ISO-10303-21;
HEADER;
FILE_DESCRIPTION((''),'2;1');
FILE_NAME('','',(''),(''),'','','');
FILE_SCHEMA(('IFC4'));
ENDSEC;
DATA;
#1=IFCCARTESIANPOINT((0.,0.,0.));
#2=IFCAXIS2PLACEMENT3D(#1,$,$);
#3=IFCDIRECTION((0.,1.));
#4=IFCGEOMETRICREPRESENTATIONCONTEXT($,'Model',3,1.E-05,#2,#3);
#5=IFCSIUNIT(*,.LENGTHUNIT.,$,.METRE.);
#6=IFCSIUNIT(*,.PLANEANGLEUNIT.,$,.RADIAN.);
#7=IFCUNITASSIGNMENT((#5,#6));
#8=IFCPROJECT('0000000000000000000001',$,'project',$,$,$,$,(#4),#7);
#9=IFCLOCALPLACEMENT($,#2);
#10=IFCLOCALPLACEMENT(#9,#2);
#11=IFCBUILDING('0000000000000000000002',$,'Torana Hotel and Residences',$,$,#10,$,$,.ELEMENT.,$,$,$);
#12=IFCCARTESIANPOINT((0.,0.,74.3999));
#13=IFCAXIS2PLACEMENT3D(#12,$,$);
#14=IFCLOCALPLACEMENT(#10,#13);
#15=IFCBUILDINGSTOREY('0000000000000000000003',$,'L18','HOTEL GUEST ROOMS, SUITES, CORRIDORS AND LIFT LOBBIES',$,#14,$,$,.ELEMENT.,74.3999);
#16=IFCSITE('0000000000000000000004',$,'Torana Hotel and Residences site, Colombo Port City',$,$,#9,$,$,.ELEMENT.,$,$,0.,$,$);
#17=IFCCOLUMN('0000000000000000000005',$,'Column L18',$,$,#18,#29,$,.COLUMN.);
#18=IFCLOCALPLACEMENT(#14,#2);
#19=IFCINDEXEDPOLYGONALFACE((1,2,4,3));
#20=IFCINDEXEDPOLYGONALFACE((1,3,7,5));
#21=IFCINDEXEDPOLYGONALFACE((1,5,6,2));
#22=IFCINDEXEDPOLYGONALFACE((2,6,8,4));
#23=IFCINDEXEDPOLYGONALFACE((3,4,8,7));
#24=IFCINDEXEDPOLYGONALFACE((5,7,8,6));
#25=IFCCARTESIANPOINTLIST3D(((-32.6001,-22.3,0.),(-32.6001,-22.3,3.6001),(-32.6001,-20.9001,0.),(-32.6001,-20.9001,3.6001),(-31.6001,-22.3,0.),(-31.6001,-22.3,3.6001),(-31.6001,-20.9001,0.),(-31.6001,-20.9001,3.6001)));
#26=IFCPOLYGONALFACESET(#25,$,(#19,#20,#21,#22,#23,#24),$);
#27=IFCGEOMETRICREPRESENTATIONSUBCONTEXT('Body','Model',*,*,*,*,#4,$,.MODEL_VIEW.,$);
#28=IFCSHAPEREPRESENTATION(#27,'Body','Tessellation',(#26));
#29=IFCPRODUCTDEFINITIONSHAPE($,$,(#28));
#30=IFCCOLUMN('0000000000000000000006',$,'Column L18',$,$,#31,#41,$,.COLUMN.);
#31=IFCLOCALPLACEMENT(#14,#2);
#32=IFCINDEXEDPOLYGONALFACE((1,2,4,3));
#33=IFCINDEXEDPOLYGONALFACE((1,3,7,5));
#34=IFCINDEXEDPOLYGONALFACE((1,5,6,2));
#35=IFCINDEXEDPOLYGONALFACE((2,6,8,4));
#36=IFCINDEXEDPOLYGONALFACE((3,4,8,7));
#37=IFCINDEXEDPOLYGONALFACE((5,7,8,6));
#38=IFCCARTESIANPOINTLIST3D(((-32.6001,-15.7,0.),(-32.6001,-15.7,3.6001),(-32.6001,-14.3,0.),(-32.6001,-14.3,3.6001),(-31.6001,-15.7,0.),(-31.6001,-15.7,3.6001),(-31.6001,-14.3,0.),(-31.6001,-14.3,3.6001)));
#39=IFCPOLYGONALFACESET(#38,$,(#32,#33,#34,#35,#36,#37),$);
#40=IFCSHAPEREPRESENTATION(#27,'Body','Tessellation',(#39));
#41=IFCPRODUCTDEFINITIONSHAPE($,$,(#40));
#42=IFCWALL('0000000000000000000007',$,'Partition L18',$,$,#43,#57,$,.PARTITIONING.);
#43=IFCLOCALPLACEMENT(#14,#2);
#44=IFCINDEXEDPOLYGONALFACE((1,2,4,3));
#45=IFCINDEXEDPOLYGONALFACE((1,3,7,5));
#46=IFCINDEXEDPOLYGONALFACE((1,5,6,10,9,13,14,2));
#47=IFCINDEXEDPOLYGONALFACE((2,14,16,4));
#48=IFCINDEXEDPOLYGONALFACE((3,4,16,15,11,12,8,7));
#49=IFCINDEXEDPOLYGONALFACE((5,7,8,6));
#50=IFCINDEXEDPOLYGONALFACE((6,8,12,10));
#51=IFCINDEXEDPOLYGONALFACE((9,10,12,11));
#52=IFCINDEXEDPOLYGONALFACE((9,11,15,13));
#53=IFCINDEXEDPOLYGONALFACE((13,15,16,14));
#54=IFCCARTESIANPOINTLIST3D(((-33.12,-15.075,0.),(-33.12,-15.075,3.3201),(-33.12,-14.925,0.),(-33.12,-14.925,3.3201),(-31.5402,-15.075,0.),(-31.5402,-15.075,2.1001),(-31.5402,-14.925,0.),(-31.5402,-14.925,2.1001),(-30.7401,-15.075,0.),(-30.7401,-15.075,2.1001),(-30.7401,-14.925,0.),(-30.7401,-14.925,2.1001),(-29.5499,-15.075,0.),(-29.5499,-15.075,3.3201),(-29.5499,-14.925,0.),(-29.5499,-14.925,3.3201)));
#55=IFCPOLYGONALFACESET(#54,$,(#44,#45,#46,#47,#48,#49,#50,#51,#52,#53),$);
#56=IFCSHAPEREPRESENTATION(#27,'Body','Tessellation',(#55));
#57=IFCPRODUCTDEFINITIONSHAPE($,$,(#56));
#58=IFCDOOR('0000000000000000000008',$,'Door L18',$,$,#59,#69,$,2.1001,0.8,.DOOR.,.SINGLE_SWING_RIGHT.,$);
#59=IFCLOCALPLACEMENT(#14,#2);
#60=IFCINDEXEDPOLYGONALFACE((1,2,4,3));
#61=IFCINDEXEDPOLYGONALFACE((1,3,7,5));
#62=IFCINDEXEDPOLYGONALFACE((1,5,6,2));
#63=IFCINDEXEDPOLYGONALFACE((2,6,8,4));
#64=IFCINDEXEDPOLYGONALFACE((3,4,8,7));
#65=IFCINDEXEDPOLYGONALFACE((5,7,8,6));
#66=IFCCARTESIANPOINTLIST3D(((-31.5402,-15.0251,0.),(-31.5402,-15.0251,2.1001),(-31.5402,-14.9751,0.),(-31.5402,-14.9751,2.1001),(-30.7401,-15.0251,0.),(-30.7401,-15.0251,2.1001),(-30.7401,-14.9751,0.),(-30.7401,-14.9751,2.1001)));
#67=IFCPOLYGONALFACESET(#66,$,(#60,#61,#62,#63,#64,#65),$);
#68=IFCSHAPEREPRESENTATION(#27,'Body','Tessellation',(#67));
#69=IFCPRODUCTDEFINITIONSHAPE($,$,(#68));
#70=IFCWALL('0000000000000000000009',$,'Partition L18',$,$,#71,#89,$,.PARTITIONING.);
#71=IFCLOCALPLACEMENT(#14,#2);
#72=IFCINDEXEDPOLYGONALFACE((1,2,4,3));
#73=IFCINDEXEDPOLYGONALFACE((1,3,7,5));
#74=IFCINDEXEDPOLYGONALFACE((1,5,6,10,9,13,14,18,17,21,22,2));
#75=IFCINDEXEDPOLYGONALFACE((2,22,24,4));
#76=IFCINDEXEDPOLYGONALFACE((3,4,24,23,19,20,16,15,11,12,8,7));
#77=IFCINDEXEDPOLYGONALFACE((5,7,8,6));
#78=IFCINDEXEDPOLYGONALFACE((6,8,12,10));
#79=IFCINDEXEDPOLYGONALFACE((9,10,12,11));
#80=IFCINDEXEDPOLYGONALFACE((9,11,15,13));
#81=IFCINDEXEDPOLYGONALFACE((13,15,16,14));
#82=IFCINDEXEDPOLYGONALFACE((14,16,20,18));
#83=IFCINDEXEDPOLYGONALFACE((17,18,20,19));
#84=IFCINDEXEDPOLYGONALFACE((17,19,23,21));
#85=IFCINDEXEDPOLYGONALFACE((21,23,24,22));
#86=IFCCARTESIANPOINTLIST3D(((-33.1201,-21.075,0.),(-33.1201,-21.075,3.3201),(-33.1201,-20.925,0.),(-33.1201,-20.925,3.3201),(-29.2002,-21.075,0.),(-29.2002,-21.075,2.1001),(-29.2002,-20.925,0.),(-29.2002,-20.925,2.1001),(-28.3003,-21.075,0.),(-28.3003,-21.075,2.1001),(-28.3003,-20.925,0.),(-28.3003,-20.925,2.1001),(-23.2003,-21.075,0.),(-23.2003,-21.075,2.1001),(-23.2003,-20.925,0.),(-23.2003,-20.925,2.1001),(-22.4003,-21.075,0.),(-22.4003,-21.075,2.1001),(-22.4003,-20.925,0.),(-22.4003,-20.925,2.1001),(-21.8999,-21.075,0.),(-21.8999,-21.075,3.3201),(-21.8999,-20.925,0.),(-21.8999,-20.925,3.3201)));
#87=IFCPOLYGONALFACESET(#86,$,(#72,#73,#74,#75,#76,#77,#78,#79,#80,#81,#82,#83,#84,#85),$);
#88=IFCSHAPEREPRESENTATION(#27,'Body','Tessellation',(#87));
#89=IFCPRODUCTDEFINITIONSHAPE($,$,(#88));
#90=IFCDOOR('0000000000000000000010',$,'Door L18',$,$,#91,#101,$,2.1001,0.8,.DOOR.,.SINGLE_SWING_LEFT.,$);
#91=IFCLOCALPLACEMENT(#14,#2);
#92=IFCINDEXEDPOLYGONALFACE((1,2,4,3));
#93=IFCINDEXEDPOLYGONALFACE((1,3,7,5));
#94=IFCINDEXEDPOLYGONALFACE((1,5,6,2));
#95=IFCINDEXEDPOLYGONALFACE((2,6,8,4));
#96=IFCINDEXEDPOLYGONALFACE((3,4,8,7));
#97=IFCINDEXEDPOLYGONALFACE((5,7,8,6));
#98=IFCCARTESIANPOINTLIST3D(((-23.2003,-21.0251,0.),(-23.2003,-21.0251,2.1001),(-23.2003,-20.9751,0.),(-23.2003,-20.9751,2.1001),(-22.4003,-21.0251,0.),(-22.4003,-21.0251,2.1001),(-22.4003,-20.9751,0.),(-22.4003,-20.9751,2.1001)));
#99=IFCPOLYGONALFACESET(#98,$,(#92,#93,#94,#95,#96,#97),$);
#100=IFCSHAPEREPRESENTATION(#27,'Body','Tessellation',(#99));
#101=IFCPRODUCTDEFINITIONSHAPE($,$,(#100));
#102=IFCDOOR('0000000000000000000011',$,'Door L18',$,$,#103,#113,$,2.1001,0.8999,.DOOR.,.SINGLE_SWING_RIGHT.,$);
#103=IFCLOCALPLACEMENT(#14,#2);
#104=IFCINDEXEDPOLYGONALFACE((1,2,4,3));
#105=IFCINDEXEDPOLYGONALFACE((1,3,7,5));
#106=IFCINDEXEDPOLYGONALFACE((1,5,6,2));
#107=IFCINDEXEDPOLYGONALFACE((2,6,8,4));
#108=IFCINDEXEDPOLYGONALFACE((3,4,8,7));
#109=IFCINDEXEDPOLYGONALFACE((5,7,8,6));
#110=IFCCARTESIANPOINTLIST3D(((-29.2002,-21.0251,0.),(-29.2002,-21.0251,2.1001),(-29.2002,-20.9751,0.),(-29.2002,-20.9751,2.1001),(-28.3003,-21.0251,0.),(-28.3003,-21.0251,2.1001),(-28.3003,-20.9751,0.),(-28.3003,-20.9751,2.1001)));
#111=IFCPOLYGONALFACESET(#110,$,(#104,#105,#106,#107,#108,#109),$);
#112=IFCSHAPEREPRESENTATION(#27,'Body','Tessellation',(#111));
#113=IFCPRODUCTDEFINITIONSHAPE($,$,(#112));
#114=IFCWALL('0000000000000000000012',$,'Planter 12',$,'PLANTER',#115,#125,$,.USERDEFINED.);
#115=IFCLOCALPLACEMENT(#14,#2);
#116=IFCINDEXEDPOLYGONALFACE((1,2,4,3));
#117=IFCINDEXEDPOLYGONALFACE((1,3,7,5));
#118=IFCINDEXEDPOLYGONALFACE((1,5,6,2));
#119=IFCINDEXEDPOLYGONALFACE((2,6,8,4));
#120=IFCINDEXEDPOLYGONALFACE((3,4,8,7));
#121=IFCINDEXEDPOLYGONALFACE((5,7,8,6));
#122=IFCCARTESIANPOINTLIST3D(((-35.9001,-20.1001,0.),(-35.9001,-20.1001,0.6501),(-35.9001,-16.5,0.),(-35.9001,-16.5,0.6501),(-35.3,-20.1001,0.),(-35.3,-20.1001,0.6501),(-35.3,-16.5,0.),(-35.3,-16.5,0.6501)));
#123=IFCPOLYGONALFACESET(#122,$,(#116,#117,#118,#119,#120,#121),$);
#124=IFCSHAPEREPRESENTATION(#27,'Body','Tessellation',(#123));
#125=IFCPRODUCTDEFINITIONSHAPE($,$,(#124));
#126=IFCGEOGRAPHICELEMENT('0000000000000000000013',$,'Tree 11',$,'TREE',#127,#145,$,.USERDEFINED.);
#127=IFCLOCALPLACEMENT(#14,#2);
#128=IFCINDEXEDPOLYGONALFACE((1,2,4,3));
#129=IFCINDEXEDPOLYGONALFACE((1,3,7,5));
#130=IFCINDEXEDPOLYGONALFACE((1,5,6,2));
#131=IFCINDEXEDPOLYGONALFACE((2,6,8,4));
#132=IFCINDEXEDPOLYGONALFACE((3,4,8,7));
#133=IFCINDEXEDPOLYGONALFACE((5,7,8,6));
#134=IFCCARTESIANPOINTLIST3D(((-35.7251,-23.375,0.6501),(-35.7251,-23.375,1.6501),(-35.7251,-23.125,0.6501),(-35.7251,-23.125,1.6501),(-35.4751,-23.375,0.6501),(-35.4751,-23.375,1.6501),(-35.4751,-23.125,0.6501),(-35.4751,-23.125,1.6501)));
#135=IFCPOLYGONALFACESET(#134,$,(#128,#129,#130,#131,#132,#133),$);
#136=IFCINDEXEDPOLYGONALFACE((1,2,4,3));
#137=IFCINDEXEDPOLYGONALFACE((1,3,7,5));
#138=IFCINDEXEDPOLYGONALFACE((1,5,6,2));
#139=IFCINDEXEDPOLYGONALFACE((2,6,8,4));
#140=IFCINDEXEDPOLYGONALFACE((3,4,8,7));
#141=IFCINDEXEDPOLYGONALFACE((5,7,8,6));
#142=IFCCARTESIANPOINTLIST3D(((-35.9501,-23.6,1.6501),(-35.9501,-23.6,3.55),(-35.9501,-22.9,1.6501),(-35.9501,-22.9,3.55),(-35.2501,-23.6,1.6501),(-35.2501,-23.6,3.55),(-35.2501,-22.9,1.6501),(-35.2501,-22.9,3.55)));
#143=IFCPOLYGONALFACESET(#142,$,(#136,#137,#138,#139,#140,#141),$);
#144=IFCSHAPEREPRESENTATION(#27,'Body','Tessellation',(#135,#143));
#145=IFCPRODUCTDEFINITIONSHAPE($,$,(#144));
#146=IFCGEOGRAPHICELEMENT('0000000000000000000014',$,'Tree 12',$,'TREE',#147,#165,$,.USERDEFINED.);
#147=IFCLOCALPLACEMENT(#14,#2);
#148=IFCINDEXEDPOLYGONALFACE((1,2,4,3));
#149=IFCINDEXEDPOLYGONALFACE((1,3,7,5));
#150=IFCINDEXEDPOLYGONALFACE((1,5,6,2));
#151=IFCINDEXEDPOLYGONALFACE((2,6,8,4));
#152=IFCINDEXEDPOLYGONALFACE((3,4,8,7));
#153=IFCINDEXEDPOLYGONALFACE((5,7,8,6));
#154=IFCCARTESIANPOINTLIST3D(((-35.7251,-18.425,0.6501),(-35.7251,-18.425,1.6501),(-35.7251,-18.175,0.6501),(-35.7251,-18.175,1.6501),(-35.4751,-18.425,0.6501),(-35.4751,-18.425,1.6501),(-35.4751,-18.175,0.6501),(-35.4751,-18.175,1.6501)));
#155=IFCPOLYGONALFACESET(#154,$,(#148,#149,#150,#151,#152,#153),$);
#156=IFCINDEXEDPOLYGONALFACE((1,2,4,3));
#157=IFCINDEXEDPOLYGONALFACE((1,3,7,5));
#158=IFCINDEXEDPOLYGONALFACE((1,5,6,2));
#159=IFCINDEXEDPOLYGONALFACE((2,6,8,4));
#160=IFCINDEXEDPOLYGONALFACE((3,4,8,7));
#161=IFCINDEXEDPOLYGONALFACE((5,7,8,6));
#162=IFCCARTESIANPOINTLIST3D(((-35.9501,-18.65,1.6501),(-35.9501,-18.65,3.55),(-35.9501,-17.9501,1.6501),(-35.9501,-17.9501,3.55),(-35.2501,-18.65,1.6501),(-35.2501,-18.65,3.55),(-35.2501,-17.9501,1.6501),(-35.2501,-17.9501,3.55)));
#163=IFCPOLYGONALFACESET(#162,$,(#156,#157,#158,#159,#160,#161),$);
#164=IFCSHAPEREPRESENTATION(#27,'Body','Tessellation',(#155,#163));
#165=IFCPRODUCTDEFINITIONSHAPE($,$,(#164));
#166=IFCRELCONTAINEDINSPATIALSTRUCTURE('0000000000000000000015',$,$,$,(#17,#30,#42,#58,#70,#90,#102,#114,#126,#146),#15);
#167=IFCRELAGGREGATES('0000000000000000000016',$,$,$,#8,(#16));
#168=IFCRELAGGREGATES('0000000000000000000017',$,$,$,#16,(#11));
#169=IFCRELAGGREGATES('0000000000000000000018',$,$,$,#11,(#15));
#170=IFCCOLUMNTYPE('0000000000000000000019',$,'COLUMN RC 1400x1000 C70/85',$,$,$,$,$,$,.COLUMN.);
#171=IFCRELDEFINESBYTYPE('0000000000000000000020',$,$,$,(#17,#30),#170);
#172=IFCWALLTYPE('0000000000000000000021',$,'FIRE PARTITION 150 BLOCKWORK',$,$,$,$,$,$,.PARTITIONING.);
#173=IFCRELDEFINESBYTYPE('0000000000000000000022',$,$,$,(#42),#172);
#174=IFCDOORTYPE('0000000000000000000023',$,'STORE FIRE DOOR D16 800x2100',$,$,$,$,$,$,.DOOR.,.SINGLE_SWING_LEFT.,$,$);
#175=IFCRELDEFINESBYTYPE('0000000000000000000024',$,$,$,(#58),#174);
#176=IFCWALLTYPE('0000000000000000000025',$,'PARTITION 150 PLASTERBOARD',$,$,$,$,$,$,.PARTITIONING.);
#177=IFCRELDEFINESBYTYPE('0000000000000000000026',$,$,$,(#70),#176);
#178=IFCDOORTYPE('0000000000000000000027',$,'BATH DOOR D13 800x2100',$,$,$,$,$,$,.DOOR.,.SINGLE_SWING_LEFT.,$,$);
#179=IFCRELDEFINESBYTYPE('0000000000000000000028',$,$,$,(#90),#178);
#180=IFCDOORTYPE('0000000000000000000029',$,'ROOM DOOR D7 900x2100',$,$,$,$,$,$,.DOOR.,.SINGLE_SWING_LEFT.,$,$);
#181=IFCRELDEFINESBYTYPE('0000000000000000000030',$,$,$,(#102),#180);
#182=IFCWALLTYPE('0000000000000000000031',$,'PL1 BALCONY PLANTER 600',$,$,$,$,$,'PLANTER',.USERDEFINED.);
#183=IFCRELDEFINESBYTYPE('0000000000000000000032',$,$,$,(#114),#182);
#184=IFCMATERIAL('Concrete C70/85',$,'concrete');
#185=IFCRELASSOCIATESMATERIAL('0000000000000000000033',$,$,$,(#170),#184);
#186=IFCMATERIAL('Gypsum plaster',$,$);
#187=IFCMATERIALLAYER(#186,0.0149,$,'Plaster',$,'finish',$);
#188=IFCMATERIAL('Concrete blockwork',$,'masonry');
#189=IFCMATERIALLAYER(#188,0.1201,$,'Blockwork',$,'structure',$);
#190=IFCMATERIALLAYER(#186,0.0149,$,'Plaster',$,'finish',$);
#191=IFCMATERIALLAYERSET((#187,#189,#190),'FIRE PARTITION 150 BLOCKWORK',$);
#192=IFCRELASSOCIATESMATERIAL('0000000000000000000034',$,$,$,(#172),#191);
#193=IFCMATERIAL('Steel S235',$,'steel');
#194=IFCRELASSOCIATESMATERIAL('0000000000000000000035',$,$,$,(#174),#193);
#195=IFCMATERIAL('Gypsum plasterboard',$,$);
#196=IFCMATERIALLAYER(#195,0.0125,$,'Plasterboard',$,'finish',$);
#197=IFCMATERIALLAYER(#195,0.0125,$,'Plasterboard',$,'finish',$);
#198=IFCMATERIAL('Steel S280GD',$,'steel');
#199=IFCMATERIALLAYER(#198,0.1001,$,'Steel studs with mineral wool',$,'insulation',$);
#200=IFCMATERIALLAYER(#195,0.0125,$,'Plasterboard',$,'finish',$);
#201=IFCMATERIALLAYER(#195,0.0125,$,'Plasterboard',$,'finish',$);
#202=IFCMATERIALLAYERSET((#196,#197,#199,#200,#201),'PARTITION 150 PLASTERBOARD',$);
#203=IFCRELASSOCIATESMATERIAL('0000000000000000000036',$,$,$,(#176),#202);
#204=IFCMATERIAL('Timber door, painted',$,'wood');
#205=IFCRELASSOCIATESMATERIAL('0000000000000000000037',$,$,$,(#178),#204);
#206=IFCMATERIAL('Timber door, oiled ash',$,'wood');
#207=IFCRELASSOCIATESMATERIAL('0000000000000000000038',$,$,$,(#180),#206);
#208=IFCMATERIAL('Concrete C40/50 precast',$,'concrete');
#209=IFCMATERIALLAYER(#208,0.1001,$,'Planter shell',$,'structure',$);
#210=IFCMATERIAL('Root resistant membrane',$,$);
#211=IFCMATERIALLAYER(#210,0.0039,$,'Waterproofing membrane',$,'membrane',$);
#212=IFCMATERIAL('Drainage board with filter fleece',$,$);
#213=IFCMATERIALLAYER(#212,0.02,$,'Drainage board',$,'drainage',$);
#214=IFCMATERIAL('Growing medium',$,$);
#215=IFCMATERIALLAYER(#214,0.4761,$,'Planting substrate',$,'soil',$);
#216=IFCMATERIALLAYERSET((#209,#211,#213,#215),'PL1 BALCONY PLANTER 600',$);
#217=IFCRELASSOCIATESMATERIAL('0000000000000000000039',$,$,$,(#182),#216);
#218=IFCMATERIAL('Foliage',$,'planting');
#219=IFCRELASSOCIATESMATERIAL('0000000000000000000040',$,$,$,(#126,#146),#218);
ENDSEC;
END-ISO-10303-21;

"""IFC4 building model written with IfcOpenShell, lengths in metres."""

from ifc_helpers import new_model, si_unit, direction, frame, frame_2d, origin, origin_2d, place, context, subcontext, project, spatial, rectangle, extrude, material, layer, layer_set, material_profile, profile_set, type_object, element, fill, save


model = new_model("IFC4")

# Units and contexts
model_context = context("Model", 3, precision=1e-05, world=origin(), true_north=direction((0.0, 1.0)))
body_context = subcontext(model_context, "Body", "Model", "MODEL_VIEW")
ifc_project = project(units=[si_unit("LENGTHUNIT", "METRE"), si_unit("PLANEANGLEUNIT", "RADIAN")], contexts=[model_context])

# Site, building, storey
site_placement = place(None, origin())
site = spatial("IfcSite", under=ifc_project, at=site_placement, Name="Torana Hotel and Residences site, Colombo Port City", CompositionType="ELEMENT", RefElevation=0.0)
building_placement = place(site_placement, origin())
building = spatial("IfcBuilding", under=site, at=building_placement, Name="Torana Hotel and Residences", CompositionType="ELEMENT")
storey_placement = place(building_placement, frame((0.0, 0.0, 74.3999)))
storey = spatial("IfcBuildingStorey", under=building, at=storey_placement, Name="L18", Description="HOTEL GUEST ROOMS, SUITES, CORRIDORS AND LIFT LOBBIES", CompositionType="ELEMENT", Elevation=74.3999)

# Columns
ifc_material_1 = material(Name="Concrete C70/85", Category="concrete")
ifc_material_profile = material_profile(ifc_material_1, rectangle(XDim=1.3999, YDim=1.0, at=origin_2d()), Name="RC 1400x1000")
ifc_profile_set = profile_set([ifc_material_profile], Name="Concrete C70/85")
column_type = type_object("IfcColumnType", Name="COLUMN RC 1400x1000 C70/85", PredefinedType="COLUMN", material=ifc_profile_set)
for number, where, z_axis, x_axis, name in (
    (1, (-32.1001, -21.6001, 0.0), (0.0, 0.0, 1.0), (0.0, 1.0, 0.0), "Column L18"),
    (2, (-32.1001, -15.0, 0.0), (0.0, 0.0, 1.0), (0.0, 1.0, 0.0), "Column L18"),
):
    element("IfcColumn", number, at=place(storey_placement, frame(where, z_axis=z_axis, x_axis=x_axis)), inside=storey, type_object=column_type, Name=name, PredefinedType="COLUMN", context=body_context, shape_type="SweptSolid", body=[
        extrude(rectangle(XDim=1.3999, YDim=1.0, at=origin_2d()), origin(), (0.0, 0.0, 1.0), 3.6001),
    ])

# Shared definitions
ifc_material_2 = material(Name="Gypsum plaster")
ifc_layer_1 = layer(ifc_material_2, 0.0149, Name="Plaster", Category="finish")
ifc_material_3 = material(Name="Concrete blockwork", Category="masonry")
ifc_layer_2 = layer(ifc_material_3, 0.1201, Name="Blockwork", Category="structure")
ifc_layer_3 = layer(ifc_material_2, 0.0149, Name="Plaster", Category="finish")
ifc_layer_set_1 = layer_set([ifc_layer_1, ifc_layer_2, ifc_layer_3], Name="FIRE PARTITION 150 BLOCKWORK")
wall_type_1 = type_object("IfcWallType", Name="FIRE PARTITION 150 BLOCKWORK", PredefinedType="PARTITIONING", material=ifc_layer_set_1)

# Wall, opening, door
wall_1_placement = place(storey_placement, frame((-33.1201, -15.0, 0.0), z_axis=(0.0, 0.0, 1.0), x_axis=(1.0, 0.0, 0.0)))
wall_1 = element("IfcWall", 3, at=wall_1_placement, inside=storey, type_object=wall_type_1, Name="Partition L18", PredefinedType="PARTITIONING", context=body_context, shape_type="SweptSolid", body=[
    extrude(rectangle(XDim=3.5701, YDim=0.1499, at=frame_2d((1.7852, 0.0))), origin(), (0.0, 0.0, 1.0), 3.3201),
])
opening_1_placement = place(wall_1_placement, frame((1.5801, 0.0, 0.0)))
opening_1 = element("IfcOpeningElement", 4, at=opening_1_placement, cuts=wall_1, PredefinedType="OPENING", context=body_context, shape_type="SweptSolid", body=[
    extrude(rectangle(XDim=0.8, YDim=2.1001, at=frame_2d((0.3999, 1.05))), frame((0.0, 0.085, 0.0), z_axis=(0.0, -1.0, 0.0), x_axis=(1.0, 0.0, 0.0)), (0.0, 0.0, 1.0), 0.1699),
])
ifc_material_4 = material(Name="Steel S235", Category="steel")
door_type_1 = type_object("IfcDoorType", Name="STORE FIRE DOOR D16 800x2100", OperationType="SINGLE_SWING_LEFT", PredefinedType="DOOR", material=ifc_material_4)
door_1_placement = place(opening_1_placement, origin())
door_1 = element("IfcDoor", 5, at=door_1_placement, inside=storey, type_object=door_type_1, Name="Door L18", OperationType="SINGLE_SWING_RIGHT", OverallHeight=2.1001, OverallWidth=0.8, PredefinedType="DOOR", context=body_context, shape_type="SweptSolid", body=[
    extrude(rectangle(XDim=0.8, YDim=2.1001, at=frame_2d((0.3999, 1.05))), frame((0.0, 0.0249, 0.0), z_axis=(0.0, -1.0, 0.0), x_axis=(1.0, 0.0, 0.0)), (0.0, 0.0, 1.0), 0.05),
])
fill(opening_1, door_1)

# Wall, openings, doors
ifc_material_5 = material(Name="Gypsum plasterboard")
ifc_layer_4 = layer(ifc_material_5, 0.0125, Name="Plasterboard", Category="finish")
ifc_layer_5 = layer(ifc_material_5, 0.0125, Name="Plasterboard", Category="finish")
ifc_material_6 = material(Name="Steel S280GD", Category="steel")
ifc_layer_6 = layer(ifc_material_6, 0.1001, Name="Steel studs with mineral wool", Category="insulation")
ifc_layer_7 = layer(ifc_material_5, 0.0125, Name="Plasterboard", Category="finish")
ifc_layer_8 = layer(ifc_material_5, 0.0125, Name="Plasterboard", Category="finish")
ifc_layer_set_2 = layer_set([ifc_layer_4, ifc_layer_5, ifc_layer_6, ifc_layer_7, ifc_layer_8], Name="PARTITION 150 PLASTERBOARD")
wall_type_2 = type_object("IfcWallType", Name="PARTITION 150 PLASTERBOARD", PredefinedType="PARTITIONING", material=ifc_layer_set_2)
wall_2_placement = place(storey_placement, frame((-33.1201, -21.0, 0.0), z_axis=(0.0, 0.0, 1.0), x_axis=(1.0, 0.0, 0.0)))
wall_2 = element("IfcWall", 6, at=wall_2_placement, inside=storey, type_object=wall_type_2, Name="Partition L18", PredefinedType="PARTITIONING", context=body_context, shape_type="SweptSolid", body=[
    extrude(rectangle(XDim=11.2202, YDim=0.1499, at=frame_2d((5.6101, 0.0))), origin(), (0.0, 0.0, 1.0), 3.3201),
])
opening_2_placement = place(wall_2_placement, frame((9.9199, 0.0, 0.0)))
opening_2 = element("IfcOpeningElement", 7, at=opening_2_placement, cuts=wall_2, PredefinedType="OPENING", context=body_context, shape_type="SweptSolid", body=[
    extrude(rectangle(XDim=0.8, YDim=2.1001, at=frame_2d((0.3999, 1.05))), frame((0.0, 0.085, 0.0), z_axis=(0.0, -1.0, 0.0), x_axis=(1.0, 0.0, 0.0)), (0.0, 0.0, 1.0), 0.1699),
])
opening_3_placement = place(wall_2_placement, frame((3.9199, 0.0, 0.0)))
opening_3 = element("IfcOpeningElement", 8, at=opening_3_placement, cuts=wall_2, PredefinedType="OPENING", context=body_context, shape_type="SweptSolid", body=[
    extrude(rectangle(XDim=0.8999, YDim=2.1001, at=frame_2d((0.45, 1.05))), frame((0.0, 0.085, 0.0), z_axis=(0.0, -1.0, 0.0), x_axis=(1.0, 0.0, 0.0)), (0.0, 0.0, 1.0), 0.1699),
])
ifc_material_7 = material(Name="Timber door, painted", Category="wood")
door_type_2 = type_object("IfcDoorType", Name="BATH DOOR D13 800x2100", OperationType="SINGLE_SWING_LEFT", PredefinedType="DOOR", material=ifc_material_7)
door_2_placement = place(opening_2_placement, origin())
door_2 = element("IfcDoor", 9, at=door_2_placement, inside=storey, type_object=door_type_2, Name="Door L18", OperationType="SINGLE_SWING_LEFT", OverallHeight=2.1001, OverallWidth=0.8, PredefinedType="DOOR", context=body_context, shape_type="SweptSolid", body=[
    extrude(rectangle(XDim=0.8, YDim=2.1001, at=frame_2d((0.3999, 1.05))), frame((0.0, 0.0249, 0.0), z_axis=(0.0, -1.0, 0.0), x_axis=(1.0, 0.0, 0.0)), (0.0, 0.0, 1.0), 0.05),
])
fill(opening_2, door_2)
ifc_material_8 = material(Name="Timber door, oiled ash", Category="wood")
door_type_3 = type_object("IfcDoorType", Name="ROOM DOOR D7 900x2100", OperationType="SINGLE_SWING_LEFT", PredefinedType="DOOR", material=ifc_material_8)
door_3_placement = place(opening_3_placement, origin())
door_3 = element("IfcDoor", 10, at=door_3_placement, inside=storey, type_object=door_type_3, Name="Door L18", OperationType="SINGLE_SWING_RIGHT", OverallHeight=2.1001, OverallWidth=0.8999, PredefinedType="DOOR", context=body_context, shape_type="SweptSolid", body=[
    extrude(rectangle(XDim=0.8999, YDim=2.1001, at=frame_2d((0.45, 1.05))), frame((0.0, 0.0249, 0.0), z_axis=(0.0, -1.0, 0.0), x_axis=(1.0, 0.0, 0.0)), (0.0, 0.0, 1.0), 0.05),
])
fill(opening_3, door_3)

# Wall
ifc_material_9 = material(Name="Concrete C40/50 precast", Category="concrete")
ifc_layer_9 = layer(ifc_material_9, 0.1001, Name="Planter shell", Category="structure")
ifc_material_10 = material(Name="Root resistant membrane")
ifc_layer_10 = layer(ifc_material_10, 0.0039, Name="Waterproofing membrane", Category="membrane")
ifc_material_11 = material(Name="Drainage board with filter fleece")
ifc_layer_11 = layer(ifc_material_11, 0.02, Name="Drainage board", Category="drainage")
ifc_material_12 = material(Name="Growing medium")
ifc_layer_12 = layer(ifc_material_12, 0.4761, Name="Planting substrate", Category="soil")
ifc_layer_set_3 = layer_set([ifc_layer_9, ifc_layer_10, ifc_layer_11, ifc_layer_12], Name="PL1 BALCONY PLANTER 600")
wall_type_3 = type_object("IfcWallType", Name="PL1 BALCONY PLANTER 600", ElementType="PLANTER", PredefinedType="USERDEFINED", material=ifc_layer_set_3)
wall_3_placement = place(storey_placement, frame((-35.6001, -20.1001, 0.0), z_axis=(0.0, 0.0, 1.0), x_axis=(0.0, 1.0, 0.0)))
element("IfcWall", 11, at=wall_3_placement, inside=storey, type_object=wall_type_3, Name="Planter 12", ObjectType="PLANTER", PredefinedType="USERDEFINED", context=body_context, shape_type="SweptSolid", body=[
    extrude(rectangle(XDim=3.6001, YDim=0.6001, at=frame_2d((1.8, 0.0))), origin(), (0.0, 0.0, 1.0), 0.6501),
])

# Geographic elements
ifc_material_13 = material(Name="Foliage", Category="planting")
for number, where, z_axis, x_axis, name in (
    (12, (-35.6001, -23.25, 0.6501), (0.0, 0.0, 1.0), (1.0, 0.0, 0.0), "Tree 11"),
    (13, (-35.6001, -18.3, 0.6501), (0.0, 0.0, 1.0), (1.0, 0.0, 0.0), "Tree 12"),
):
    element("IfcGeographicElement", number, at=place(storey_placement, frame(where, z_axis=z_axis, x_axis=x_axis)), inside=storey, material=ifc_material_13, Name=name, ObjectType="TREE", PredefinedType="USERDEFINED", context=body_context, shape_type="SweptSolid", body=[
        extrude(rectangle(XDim=0.25, YDim=0.25, at=origin_2d()), origin(), (0.0, 0.0, 1.0), 1.0),
        extrude(rectangle(XDim=0.7, YDim=0.7, at=origin_2d()), frame((0.0, 0.0, 1.0)), (0.0, 0.0, 1.0), 1.8999),
    ])

save(model, "model.ifc")
